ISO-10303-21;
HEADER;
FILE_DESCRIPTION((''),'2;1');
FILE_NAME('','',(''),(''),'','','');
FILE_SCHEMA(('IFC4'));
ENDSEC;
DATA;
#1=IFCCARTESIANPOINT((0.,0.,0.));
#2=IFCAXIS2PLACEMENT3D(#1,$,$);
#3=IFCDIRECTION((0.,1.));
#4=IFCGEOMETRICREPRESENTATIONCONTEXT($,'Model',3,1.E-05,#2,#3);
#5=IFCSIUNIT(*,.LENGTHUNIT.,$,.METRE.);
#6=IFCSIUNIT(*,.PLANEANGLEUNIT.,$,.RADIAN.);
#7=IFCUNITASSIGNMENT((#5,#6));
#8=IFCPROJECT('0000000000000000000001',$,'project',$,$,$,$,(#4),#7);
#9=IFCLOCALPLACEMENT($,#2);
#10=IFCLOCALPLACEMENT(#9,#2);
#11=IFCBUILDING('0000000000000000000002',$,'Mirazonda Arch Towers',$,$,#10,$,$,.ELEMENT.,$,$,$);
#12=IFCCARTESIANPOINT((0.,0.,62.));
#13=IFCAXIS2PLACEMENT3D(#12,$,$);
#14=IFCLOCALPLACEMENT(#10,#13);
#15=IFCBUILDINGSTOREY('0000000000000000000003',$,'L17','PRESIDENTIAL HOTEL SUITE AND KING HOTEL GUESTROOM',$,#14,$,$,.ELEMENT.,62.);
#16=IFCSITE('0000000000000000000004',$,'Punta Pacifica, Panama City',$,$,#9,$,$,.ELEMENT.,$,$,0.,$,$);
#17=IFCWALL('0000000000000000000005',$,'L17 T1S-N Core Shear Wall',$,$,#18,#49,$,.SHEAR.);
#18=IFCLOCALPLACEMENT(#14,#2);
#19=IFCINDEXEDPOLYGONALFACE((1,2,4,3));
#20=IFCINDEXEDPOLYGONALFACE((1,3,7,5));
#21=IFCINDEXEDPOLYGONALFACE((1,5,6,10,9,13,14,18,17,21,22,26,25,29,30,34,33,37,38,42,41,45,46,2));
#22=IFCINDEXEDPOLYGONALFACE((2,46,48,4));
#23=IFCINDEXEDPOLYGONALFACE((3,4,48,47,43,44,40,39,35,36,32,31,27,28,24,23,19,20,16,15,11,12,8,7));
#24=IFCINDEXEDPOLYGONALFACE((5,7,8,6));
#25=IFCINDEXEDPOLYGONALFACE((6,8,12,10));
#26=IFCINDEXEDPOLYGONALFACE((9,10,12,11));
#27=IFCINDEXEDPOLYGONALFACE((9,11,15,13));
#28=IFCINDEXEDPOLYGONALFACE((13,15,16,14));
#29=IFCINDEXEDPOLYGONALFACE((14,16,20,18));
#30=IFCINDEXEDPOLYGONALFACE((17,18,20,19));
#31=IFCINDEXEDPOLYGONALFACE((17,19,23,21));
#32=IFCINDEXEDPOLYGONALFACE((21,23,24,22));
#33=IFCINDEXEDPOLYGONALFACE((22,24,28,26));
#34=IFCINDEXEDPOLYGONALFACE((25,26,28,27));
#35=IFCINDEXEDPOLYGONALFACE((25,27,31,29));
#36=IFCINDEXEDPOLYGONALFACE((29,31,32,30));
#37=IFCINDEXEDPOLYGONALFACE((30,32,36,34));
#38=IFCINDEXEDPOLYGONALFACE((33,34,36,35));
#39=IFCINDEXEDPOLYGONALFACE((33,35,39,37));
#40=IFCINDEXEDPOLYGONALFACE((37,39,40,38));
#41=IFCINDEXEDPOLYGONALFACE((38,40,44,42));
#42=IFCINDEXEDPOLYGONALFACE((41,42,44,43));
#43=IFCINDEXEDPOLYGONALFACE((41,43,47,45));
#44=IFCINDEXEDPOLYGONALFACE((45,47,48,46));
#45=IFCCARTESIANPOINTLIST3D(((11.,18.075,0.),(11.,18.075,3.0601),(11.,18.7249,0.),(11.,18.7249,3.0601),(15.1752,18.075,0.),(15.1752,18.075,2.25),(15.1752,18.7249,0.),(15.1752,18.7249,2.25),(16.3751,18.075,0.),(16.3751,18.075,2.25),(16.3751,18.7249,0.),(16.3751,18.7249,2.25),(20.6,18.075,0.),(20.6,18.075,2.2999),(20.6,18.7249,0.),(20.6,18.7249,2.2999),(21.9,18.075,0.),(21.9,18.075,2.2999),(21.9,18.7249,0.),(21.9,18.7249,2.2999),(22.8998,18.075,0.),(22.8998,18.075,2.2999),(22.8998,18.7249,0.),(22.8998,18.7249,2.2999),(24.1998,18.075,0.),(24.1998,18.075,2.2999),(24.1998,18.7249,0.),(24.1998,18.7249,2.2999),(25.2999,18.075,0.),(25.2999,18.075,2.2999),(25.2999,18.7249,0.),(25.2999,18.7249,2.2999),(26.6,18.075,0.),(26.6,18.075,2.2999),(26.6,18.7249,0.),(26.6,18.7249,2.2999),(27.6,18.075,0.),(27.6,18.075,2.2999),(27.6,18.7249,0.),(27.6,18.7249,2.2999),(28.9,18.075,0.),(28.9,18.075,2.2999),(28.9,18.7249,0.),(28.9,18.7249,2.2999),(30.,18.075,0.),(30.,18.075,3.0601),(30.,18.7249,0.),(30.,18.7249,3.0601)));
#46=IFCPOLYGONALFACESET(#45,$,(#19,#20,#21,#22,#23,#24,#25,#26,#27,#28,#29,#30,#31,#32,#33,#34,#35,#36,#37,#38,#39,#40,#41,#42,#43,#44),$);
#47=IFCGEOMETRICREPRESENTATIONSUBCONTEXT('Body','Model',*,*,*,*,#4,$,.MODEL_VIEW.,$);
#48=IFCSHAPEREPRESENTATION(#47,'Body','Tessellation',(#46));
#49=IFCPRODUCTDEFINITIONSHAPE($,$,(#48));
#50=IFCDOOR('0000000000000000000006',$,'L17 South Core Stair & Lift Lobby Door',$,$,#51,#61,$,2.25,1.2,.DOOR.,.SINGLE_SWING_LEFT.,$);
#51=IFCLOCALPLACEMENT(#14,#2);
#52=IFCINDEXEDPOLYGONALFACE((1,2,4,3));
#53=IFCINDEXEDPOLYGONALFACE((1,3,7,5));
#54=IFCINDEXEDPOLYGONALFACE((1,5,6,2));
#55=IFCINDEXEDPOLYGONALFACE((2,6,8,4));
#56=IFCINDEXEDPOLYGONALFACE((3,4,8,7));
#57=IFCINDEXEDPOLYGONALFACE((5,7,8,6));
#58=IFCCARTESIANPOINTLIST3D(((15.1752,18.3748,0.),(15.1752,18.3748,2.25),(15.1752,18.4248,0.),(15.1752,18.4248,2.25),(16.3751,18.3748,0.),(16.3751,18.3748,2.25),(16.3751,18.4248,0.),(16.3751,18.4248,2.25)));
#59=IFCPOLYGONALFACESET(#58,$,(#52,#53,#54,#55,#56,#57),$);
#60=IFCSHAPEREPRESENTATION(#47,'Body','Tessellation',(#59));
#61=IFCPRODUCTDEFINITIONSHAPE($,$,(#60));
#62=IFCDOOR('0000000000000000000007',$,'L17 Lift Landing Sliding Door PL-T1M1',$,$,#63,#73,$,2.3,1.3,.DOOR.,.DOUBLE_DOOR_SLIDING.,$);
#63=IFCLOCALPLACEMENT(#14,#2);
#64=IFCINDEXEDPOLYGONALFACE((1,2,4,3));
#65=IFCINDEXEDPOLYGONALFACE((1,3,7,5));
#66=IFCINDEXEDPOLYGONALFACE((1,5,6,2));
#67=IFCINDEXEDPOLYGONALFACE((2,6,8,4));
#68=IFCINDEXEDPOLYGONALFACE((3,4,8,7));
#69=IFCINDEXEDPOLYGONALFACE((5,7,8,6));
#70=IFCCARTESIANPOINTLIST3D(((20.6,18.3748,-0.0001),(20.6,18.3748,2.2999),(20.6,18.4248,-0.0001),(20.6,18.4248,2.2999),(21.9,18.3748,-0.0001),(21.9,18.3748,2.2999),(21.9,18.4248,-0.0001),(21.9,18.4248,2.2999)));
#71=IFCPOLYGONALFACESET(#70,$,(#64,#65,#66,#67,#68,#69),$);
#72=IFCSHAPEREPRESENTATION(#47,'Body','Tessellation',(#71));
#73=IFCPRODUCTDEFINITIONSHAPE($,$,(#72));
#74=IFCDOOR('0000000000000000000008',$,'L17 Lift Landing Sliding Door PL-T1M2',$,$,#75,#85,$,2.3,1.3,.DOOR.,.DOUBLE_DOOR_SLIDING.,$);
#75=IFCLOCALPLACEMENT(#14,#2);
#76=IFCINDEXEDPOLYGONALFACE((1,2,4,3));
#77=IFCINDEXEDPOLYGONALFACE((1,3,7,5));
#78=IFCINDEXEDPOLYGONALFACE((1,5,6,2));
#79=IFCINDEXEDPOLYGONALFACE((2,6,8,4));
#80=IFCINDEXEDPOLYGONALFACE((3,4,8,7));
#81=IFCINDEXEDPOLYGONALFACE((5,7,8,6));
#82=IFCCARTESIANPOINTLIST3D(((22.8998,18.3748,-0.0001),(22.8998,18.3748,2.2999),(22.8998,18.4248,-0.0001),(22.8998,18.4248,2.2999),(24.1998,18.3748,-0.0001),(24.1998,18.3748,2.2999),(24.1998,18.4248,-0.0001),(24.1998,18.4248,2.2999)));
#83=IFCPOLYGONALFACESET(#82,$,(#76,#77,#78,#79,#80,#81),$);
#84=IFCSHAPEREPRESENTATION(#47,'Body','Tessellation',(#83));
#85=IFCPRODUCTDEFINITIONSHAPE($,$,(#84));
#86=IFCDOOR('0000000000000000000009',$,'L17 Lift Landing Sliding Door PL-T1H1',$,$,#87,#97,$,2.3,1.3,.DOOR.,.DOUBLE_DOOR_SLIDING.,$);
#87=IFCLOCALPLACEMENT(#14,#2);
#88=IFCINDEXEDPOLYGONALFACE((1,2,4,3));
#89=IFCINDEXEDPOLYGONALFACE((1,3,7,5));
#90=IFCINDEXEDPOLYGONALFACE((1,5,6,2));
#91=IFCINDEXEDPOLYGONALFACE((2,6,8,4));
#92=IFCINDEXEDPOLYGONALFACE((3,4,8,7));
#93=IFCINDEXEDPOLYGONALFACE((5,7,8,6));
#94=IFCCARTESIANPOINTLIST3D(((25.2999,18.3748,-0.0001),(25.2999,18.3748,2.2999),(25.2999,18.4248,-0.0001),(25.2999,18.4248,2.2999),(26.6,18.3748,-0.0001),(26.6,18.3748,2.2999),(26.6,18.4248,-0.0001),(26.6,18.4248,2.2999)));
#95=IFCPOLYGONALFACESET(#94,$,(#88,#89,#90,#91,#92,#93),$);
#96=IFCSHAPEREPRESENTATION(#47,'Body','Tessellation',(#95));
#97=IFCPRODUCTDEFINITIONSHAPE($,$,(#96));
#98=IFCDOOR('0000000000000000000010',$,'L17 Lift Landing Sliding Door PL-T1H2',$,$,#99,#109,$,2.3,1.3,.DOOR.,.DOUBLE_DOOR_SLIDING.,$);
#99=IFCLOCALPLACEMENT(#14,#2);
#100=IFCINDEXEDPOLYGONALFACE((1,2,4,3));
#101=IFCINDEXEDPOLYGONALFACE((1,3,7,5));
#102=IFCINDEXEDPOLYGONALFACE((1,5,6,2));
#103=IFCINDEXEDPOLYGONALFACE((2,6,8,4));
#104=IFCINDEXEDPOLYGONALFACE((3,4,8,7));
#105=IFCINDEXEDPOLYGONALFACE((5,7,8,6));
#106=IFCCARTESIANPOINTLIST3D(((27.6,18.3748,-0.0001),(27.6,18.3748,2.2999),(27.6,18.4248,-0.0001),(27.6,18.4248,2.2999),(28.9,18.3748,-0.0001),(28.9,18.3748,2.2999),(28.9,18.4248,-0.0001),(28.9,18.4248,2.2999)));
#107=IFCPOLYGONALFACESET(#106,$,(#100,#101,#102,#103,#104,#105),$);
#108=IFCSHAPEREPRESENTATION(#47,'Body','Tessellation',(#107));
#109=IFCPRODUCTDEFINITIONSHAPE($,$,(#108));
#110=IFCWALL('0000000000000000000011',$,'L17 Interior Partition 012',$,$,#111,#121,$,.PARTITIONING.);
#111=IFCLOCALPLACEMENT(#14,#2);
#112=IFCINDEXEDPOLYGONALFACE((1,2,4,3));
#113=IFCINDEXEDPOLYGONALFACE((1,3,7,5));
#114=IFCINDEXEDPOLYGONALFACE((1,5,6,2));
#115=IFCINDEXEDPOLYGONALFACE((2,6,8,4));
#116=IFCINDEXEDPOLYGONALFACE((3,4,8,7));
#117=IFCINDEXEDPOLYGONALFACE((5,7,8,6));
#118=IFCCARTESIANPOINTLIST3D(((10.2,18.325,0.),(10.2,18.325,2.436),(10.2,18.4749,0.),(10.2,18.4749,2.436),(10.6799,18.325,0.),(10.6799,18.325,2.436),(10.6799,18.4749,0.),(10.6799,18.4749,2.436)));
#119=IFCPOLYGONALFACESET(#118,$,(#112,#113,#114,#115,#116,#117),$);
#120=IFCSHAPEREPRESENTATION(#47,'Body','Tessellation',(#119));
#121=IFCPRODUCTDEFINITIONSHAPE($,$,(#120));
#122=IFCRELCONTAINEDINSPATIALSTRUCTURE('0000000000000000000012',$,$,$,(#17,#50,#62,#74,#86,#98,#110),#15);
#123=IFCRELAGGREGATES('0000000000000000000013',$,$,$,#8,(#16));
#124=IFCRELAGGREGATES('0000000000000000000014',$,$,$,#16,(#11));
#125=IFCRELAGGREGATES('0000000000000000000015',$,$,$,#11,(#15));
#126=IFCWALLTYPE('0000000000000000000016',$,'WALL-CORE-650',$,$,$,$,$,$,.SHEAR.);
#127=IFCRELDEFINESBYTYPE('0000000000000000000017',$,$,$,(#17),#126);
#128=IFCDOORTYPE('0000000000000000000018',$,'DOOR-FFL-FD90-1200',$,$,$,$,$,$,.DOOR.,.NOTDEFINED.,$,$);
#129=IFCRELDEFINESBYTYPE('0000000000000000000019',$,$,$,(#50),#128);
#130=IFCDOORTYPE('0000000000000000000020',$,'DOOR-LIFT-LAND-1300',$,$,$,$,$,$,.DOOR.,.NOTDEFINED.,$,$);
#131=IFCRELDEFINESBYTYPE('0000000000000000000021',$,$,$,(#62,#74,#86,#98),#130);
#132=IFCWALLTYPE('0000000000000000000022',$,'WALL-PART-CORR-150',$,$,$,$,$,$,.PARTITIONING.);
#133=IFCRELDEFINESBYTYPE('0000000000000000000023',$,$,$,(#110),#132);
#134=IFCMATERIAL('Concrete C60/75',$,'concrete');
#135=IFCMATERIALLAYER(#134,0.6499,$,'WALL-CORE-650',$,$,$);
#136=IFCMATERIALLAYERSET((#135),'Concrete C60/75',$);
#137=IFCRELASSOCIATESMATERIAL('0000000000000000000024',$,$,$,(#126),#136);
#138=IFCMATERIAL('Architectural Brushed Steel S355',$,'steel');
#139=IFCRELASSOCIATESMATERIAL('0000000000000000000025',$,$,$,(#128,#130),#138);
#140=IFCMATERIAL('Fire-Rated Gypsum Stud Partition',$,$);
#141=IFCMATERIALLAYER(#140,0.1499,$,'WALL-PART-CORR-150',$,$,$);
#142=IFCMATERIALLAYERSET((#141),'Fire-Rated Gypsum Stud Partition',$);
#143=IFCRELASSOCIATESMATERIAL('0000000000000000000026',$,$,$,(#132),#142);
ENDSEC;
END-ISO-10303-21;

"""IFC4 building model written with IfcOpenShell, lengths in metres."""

from ifc_helpers import new_model, si_unit, direction, frame, frame_2d, origin, place, context, subcontext, project, spatial, rectangle, extrude, material, layer, layer_set, type_object, element, fill, save


model = new_model("IFC4")

# Units and contexts
model_context = context("Model", 3, precision=1e-05, world=origin(), true_north=direction((0.0, 1.0)))
body_context = subcontext(model_context, "Body", "Model", "MODEL_VIEW")
ifc_project = project(units=[si_unit("LENGTHUNIT", "METRE"), si_unit("PLANEANGLEUNIT", "RADIAN")], contexts=[model_context])

# Site, building, storey
site_placement = place(None, origin())
site = spatial("IfcSite", under=ifc_project, at=site_placement, Name="Punta Pacifica, Panama City", CompositionType="ELEMENT", RefElevation=0.0)
building_placement = place(site_placement, origin())
building = spatial("IfcBuilding", under=site, at=building_placement, Name="Mirazonda Arch Towers", CompositionType="ELEMENT")
storey_placement = place(building_placement, frame((0.0, 0.0, 62.0)))
storey = spatial("IfcBuildingStorey", under=building, at=storey_placement, Name="L17", Description="PRESIDENTIAL HOTEL SUITE AND KING HOTEL GUESTROOM", CompositionType="ELEMENT", Elevation=62.0)

# Shared definitions
ifc_material_1 = material(Name="Concrete C60/75", Category="concrete")

# Shared definitions
ifc_material_2 = material(Name="Architectural Brushed Steel S355", Category="steel")

# Wall, openings, doors
ifc_layer_1 = layer(ifc_material_1, 0.6499, Name="WALL-CORE-650")
ifc_layer_set_1 = layer_set([ifc_layer_1], Name="Concrete C60/75")
wall_type_1 = type_object("IfcWallType", Name="WALL-CORE-650", PredefinedType="SHEAR", material=ifc_layer_set_1)
wall_1_placement = place(storey_placement, frame((11.0, 18.3999, 0.0), z_axis=(0.0, 0.0, 1.0), x_axis=(1.0, 0.0, 0.0)))
wall_1 = element("IfcWall", 1, at=wall_1_placement, inside=storey, type_object=wall_type_1, Name="L17 T1S-N Core Shear Wall", PredefinedType="SHEAR", context=body_context, shape_type="SweptSolid", body=[
    extrude(rectangle(XDim=19.0, YDim=0.6499, at=frame_2d((9.5, 0.0))), origin(), (0.0, 0.0, 1.0), 3.0601),
])
opening_1_placement = place(wall_1_placement, frame((4.175, 0.0, 0.0)))
opening_1 = element("IfcOpeningElement", 2, at=opening_1_placement, cuts=wall_1, PredefinedType="OPENING", context=body_context, shape_type="SweptSolid", body=[
    extrude(rectangle(XDim=1.2, YDim=2.25, at=frame_2d((0.6001, 1.125))), frame((0.0, 0.335, 0.0), z_axis=(0.0, -1.0, 0.0), x_axis=(1.0, 0.0, 0.0)), (0.0, 0.0, 1.0), 0.6699),
])
opening_2_placement = place(wall_1_placement, frame((9.6001, 0.0, 0.0)))
opening_2 = element("IfcOpeningElement", 3, at=opening_2_placement, cuts=wall_1, PredefinedType="OPENING", context=body_context, shape_type="SweptSolid", body=[
    extrude(rectangle(XDim=1.3, YDim=2.3, at=frame_2d((0.6499, 1.1499))), frame((0.0, 0.335, 0.0), z_axis=(0.0, -1.0, 0.0), x_axis=(1.0, 0.0, 0.0)), (0.0, 0.0, 1.0), 0.6699),
])
opening_3_placement = place(wall_1_placement, frame((11.8999, 0.0, 0.0)))
opening_3 = element("IfcOpeningElement", 4, at=opening_3_placement, cuts=wall_1, PredefinedType="OPENING", context=body_context, shape_type="SweptSolid", body=[
    extrude(rectangle(XDim=1.3, YDim=2.3, at=frame_2d((0.6499, 1.1499))), frame((0.0, 0.335, 0.0), z_axis=(0.0, -1.0, 0.0), x_axis=(1.0, 0.0, 0.0)), (0.0, 0.0, 1.0), 0.6699),
])
opening_4_placement = place(wall_1_placement, frame((14.3, 0.0, 0.0)))
opening_4 = element("IfcOpeningElement", 5, at=opening_4_placement, cuts=wall_1, PredefinedType="OPENING", context=body_context, shape_type="SweptSolid", body=[
    extrude(rectangle(XDim=1.3, YDim=2.3, at=frame_2d((0.6499, 1.1499))), frame((0.0, 0.335, 0.0), z_axis=(0.0, -1.0, 0.0), x_axis=(1.0, 0.0, 0.0)), (0.0, 0.0, 1.0), 0.6699),
])
opening_5_placement = place(wall_1_placement, frame((16.6001, 0.0, 0.0)))
opening_5 = element("IfcOpeningElement", 6, at=opening_5_placement, cuts=wall_1, PredefinedType="OPENING", context=body_context, shape_type="SweptSolid", body=[
    extrude(rectangle(XDim=1.3, YDim=2.3, at=frame_2d((0.6499, 1.1499))), frame((0.0, 0.335, 0.0), z_axis=(0.0, -1.0, 0.0), x_axis=(1.0, 0.0, 0.0)), (0.0, 0.0, 1.0), 0.6699),
])
door_type_1 = type_object("IfcDoorType", Name="DOOR-FFL-FD90-1200", OperationType="NOTDEFINED", PredefinedType="DOOR", material=ifc_material_2)
door_1_placement = place(opening_1_placement, origin())
door_1 = element("IfcDoor", 7, at=door_1_placement, inside=storey, type_object=door_type_1, Name="L17 South Core Stair & Lift Lobby Door", OperationType="SINGLE_SWING_LEFT", OverallHeight=2.25, OverallWidth=1.2, PredefinedType="DOOR", context=body_context, shape_type="SweptSolid", body=[
    extrude(rectangle(XDim=1.2, YDim=2.25, at=frame_2d((0.6001, 1.125))), frame((0.0, 0.0249, 0.0), z_axis=(0.0, -1.0, 0.0), x_axis=(1.0, 0.0, 0.0)), (0.0, 0.0, 1.0), 0.05),
])
fill(opening_1, door_1)
door_type_2 = type_object("IfcDoorType", Name="DOOR-LIFT-LAND-1300", OperationType="NOTDEFINED", PredefinedType="DOOR", material=ifc_material_2)
door_2_placement = place(opening_2_placement, origin())
door_2 = element("IfcDoor", 8, at=door_2_placement, inside=storey, type_object=door_type_2, Name="L17 Lift Landing Sliding Door PL-T1M1", OperationType="DOUBLE_DOOR_SLIDING", OverallHeight=2.3, OverallWidth=1.3, PredefinedType="DOOR", context=body_context, shape_type="SweptSolid", body=[
    extrude(rectangle(XDim=1.3, YDim=2.3, at=frame_2d((0.6499, 1.1499))), frame((0.0, 0.0249, 0.0), z_axis=(0.0, -1.0, 0.0), x_axis=(1.0, 0.0, 0.0)), (0.0, 0.0, 1.0), 0.05),
])
fill(opening_2, door_2)
door_3_placement = place(opening_3_placement, origin())
door_3 = element("IfcDoor", 9, at=door_3_placement, inside=storey, type_object=door_type_2, Name="L17 Lift Landing Sliding Door PL-T1M2", OperationType="DOUBLE_DOOR_SLIDING", OverallHeight=2.3, OverallWidth=1.3, PredefinedType="DOOR", context=body_context, shape_type="SweptSolid", body=[
    extrude(rectangle(XDim=1.3, YDim=2.3, at=frame_2d((0.6499, 1.1499))), frame((0.0, 0.0249, 0.0), z_axis=(0.0, -1.0, 0.0), x_axis=(1.0, 0.0, 0.0)), (0.0, 0.0, 1.0), 0.05),
])
fill(opening_3, door_3)
door_4_placement = place(opening_4_placement, origin())
door_4 = element("IfcDoor", 10, at=door_4_placement, inside=storey, type_object=door_type_2, Name="L17 Lift Landing Sliding Door PL-T1H1", OperationType="DOUBLE_DOOR_SLIDING", OverallHeight=2.3, OverallWidth=1.3, PredefinedType="DOOR", context=body_context, shape_type="SweptSolid", body=[
    extrude(rectangle(XDim=1.3, YDim=2.3, at=frame_2d((0.6499, 1.1499))), frame((0.0, 0.0249, 0.0), z_axis=(0.0, -1.0, 0.0), x_axis=(1.0, 0.0, 0.0)), (0.0, 0.0, 1.0), 0.05),
])
fill(opening_4, door_4)
door_5_placement = place(opening_5_placement, origin())
door_5 = element("IfcDoor", 11, at=door_5_placement, inside=storey, type_object=door_type_2, Name="L17 Lift Landing Sliding Door PL-T1H2", OperationType="DOUBLE_DOOR_SLIDING", OverallHeight=2.3, OverallWidth=1.3, PredefinedType="DOOR", context=body_context, shape_type="SweptSolid", body=[
    extrude(rectangle(XDim=1.3, YDim=2.3, at=frame_2d((0.6499, 1.1499))), frame((0.0, 0.0249, 0.0), z_axis=(0.0, -1.0, 0.0), x_axis=(1.0, 0.0, 0.0)), (0.0, 0.0, 1.0), 0.05),
])
fill(opening_5, door_5)

# Wall
ifc_material_3 = material(Name="Fire-Rated Gypsum Stud Partition")
ifc_layer_2 = layer(ifc_material_3, 0.1499, Name="WALL-PART-CORR-150")
ifc_layer_set_2 = layer_set([ifc_layer_2], Name="Fire-Rated Gypsum Stud Partition")
wall_type_2 = type_object("IfcWallType", Name="WALL-PART-CORR-150", PredefinedType="PARTITIONING", material=ifc_layer_set_2)
wall_2_placement = place(storey_placement, frame((10.2, 18.3999, 0.0), z_axis=(0.0, 0.0, 1.0), x_axis=(1.0, 0.0, 0.0)))
element("IfcWall", 12, at=wall_2_placement, inside=storey, type_object=wall_type_2, Name="L17 Interior Partition 012", PredefinedType="PARTITIONING", context=body_context, shape_type="SweptSolid", body=[
    extrude(rectangle(XDim=0.48, YDim=0.1499, at=frame_2d((0.24, 0.0))), origin(), (0.0, 0.0, 1.0), 2.436),
])

save(model, "model.ifc")
